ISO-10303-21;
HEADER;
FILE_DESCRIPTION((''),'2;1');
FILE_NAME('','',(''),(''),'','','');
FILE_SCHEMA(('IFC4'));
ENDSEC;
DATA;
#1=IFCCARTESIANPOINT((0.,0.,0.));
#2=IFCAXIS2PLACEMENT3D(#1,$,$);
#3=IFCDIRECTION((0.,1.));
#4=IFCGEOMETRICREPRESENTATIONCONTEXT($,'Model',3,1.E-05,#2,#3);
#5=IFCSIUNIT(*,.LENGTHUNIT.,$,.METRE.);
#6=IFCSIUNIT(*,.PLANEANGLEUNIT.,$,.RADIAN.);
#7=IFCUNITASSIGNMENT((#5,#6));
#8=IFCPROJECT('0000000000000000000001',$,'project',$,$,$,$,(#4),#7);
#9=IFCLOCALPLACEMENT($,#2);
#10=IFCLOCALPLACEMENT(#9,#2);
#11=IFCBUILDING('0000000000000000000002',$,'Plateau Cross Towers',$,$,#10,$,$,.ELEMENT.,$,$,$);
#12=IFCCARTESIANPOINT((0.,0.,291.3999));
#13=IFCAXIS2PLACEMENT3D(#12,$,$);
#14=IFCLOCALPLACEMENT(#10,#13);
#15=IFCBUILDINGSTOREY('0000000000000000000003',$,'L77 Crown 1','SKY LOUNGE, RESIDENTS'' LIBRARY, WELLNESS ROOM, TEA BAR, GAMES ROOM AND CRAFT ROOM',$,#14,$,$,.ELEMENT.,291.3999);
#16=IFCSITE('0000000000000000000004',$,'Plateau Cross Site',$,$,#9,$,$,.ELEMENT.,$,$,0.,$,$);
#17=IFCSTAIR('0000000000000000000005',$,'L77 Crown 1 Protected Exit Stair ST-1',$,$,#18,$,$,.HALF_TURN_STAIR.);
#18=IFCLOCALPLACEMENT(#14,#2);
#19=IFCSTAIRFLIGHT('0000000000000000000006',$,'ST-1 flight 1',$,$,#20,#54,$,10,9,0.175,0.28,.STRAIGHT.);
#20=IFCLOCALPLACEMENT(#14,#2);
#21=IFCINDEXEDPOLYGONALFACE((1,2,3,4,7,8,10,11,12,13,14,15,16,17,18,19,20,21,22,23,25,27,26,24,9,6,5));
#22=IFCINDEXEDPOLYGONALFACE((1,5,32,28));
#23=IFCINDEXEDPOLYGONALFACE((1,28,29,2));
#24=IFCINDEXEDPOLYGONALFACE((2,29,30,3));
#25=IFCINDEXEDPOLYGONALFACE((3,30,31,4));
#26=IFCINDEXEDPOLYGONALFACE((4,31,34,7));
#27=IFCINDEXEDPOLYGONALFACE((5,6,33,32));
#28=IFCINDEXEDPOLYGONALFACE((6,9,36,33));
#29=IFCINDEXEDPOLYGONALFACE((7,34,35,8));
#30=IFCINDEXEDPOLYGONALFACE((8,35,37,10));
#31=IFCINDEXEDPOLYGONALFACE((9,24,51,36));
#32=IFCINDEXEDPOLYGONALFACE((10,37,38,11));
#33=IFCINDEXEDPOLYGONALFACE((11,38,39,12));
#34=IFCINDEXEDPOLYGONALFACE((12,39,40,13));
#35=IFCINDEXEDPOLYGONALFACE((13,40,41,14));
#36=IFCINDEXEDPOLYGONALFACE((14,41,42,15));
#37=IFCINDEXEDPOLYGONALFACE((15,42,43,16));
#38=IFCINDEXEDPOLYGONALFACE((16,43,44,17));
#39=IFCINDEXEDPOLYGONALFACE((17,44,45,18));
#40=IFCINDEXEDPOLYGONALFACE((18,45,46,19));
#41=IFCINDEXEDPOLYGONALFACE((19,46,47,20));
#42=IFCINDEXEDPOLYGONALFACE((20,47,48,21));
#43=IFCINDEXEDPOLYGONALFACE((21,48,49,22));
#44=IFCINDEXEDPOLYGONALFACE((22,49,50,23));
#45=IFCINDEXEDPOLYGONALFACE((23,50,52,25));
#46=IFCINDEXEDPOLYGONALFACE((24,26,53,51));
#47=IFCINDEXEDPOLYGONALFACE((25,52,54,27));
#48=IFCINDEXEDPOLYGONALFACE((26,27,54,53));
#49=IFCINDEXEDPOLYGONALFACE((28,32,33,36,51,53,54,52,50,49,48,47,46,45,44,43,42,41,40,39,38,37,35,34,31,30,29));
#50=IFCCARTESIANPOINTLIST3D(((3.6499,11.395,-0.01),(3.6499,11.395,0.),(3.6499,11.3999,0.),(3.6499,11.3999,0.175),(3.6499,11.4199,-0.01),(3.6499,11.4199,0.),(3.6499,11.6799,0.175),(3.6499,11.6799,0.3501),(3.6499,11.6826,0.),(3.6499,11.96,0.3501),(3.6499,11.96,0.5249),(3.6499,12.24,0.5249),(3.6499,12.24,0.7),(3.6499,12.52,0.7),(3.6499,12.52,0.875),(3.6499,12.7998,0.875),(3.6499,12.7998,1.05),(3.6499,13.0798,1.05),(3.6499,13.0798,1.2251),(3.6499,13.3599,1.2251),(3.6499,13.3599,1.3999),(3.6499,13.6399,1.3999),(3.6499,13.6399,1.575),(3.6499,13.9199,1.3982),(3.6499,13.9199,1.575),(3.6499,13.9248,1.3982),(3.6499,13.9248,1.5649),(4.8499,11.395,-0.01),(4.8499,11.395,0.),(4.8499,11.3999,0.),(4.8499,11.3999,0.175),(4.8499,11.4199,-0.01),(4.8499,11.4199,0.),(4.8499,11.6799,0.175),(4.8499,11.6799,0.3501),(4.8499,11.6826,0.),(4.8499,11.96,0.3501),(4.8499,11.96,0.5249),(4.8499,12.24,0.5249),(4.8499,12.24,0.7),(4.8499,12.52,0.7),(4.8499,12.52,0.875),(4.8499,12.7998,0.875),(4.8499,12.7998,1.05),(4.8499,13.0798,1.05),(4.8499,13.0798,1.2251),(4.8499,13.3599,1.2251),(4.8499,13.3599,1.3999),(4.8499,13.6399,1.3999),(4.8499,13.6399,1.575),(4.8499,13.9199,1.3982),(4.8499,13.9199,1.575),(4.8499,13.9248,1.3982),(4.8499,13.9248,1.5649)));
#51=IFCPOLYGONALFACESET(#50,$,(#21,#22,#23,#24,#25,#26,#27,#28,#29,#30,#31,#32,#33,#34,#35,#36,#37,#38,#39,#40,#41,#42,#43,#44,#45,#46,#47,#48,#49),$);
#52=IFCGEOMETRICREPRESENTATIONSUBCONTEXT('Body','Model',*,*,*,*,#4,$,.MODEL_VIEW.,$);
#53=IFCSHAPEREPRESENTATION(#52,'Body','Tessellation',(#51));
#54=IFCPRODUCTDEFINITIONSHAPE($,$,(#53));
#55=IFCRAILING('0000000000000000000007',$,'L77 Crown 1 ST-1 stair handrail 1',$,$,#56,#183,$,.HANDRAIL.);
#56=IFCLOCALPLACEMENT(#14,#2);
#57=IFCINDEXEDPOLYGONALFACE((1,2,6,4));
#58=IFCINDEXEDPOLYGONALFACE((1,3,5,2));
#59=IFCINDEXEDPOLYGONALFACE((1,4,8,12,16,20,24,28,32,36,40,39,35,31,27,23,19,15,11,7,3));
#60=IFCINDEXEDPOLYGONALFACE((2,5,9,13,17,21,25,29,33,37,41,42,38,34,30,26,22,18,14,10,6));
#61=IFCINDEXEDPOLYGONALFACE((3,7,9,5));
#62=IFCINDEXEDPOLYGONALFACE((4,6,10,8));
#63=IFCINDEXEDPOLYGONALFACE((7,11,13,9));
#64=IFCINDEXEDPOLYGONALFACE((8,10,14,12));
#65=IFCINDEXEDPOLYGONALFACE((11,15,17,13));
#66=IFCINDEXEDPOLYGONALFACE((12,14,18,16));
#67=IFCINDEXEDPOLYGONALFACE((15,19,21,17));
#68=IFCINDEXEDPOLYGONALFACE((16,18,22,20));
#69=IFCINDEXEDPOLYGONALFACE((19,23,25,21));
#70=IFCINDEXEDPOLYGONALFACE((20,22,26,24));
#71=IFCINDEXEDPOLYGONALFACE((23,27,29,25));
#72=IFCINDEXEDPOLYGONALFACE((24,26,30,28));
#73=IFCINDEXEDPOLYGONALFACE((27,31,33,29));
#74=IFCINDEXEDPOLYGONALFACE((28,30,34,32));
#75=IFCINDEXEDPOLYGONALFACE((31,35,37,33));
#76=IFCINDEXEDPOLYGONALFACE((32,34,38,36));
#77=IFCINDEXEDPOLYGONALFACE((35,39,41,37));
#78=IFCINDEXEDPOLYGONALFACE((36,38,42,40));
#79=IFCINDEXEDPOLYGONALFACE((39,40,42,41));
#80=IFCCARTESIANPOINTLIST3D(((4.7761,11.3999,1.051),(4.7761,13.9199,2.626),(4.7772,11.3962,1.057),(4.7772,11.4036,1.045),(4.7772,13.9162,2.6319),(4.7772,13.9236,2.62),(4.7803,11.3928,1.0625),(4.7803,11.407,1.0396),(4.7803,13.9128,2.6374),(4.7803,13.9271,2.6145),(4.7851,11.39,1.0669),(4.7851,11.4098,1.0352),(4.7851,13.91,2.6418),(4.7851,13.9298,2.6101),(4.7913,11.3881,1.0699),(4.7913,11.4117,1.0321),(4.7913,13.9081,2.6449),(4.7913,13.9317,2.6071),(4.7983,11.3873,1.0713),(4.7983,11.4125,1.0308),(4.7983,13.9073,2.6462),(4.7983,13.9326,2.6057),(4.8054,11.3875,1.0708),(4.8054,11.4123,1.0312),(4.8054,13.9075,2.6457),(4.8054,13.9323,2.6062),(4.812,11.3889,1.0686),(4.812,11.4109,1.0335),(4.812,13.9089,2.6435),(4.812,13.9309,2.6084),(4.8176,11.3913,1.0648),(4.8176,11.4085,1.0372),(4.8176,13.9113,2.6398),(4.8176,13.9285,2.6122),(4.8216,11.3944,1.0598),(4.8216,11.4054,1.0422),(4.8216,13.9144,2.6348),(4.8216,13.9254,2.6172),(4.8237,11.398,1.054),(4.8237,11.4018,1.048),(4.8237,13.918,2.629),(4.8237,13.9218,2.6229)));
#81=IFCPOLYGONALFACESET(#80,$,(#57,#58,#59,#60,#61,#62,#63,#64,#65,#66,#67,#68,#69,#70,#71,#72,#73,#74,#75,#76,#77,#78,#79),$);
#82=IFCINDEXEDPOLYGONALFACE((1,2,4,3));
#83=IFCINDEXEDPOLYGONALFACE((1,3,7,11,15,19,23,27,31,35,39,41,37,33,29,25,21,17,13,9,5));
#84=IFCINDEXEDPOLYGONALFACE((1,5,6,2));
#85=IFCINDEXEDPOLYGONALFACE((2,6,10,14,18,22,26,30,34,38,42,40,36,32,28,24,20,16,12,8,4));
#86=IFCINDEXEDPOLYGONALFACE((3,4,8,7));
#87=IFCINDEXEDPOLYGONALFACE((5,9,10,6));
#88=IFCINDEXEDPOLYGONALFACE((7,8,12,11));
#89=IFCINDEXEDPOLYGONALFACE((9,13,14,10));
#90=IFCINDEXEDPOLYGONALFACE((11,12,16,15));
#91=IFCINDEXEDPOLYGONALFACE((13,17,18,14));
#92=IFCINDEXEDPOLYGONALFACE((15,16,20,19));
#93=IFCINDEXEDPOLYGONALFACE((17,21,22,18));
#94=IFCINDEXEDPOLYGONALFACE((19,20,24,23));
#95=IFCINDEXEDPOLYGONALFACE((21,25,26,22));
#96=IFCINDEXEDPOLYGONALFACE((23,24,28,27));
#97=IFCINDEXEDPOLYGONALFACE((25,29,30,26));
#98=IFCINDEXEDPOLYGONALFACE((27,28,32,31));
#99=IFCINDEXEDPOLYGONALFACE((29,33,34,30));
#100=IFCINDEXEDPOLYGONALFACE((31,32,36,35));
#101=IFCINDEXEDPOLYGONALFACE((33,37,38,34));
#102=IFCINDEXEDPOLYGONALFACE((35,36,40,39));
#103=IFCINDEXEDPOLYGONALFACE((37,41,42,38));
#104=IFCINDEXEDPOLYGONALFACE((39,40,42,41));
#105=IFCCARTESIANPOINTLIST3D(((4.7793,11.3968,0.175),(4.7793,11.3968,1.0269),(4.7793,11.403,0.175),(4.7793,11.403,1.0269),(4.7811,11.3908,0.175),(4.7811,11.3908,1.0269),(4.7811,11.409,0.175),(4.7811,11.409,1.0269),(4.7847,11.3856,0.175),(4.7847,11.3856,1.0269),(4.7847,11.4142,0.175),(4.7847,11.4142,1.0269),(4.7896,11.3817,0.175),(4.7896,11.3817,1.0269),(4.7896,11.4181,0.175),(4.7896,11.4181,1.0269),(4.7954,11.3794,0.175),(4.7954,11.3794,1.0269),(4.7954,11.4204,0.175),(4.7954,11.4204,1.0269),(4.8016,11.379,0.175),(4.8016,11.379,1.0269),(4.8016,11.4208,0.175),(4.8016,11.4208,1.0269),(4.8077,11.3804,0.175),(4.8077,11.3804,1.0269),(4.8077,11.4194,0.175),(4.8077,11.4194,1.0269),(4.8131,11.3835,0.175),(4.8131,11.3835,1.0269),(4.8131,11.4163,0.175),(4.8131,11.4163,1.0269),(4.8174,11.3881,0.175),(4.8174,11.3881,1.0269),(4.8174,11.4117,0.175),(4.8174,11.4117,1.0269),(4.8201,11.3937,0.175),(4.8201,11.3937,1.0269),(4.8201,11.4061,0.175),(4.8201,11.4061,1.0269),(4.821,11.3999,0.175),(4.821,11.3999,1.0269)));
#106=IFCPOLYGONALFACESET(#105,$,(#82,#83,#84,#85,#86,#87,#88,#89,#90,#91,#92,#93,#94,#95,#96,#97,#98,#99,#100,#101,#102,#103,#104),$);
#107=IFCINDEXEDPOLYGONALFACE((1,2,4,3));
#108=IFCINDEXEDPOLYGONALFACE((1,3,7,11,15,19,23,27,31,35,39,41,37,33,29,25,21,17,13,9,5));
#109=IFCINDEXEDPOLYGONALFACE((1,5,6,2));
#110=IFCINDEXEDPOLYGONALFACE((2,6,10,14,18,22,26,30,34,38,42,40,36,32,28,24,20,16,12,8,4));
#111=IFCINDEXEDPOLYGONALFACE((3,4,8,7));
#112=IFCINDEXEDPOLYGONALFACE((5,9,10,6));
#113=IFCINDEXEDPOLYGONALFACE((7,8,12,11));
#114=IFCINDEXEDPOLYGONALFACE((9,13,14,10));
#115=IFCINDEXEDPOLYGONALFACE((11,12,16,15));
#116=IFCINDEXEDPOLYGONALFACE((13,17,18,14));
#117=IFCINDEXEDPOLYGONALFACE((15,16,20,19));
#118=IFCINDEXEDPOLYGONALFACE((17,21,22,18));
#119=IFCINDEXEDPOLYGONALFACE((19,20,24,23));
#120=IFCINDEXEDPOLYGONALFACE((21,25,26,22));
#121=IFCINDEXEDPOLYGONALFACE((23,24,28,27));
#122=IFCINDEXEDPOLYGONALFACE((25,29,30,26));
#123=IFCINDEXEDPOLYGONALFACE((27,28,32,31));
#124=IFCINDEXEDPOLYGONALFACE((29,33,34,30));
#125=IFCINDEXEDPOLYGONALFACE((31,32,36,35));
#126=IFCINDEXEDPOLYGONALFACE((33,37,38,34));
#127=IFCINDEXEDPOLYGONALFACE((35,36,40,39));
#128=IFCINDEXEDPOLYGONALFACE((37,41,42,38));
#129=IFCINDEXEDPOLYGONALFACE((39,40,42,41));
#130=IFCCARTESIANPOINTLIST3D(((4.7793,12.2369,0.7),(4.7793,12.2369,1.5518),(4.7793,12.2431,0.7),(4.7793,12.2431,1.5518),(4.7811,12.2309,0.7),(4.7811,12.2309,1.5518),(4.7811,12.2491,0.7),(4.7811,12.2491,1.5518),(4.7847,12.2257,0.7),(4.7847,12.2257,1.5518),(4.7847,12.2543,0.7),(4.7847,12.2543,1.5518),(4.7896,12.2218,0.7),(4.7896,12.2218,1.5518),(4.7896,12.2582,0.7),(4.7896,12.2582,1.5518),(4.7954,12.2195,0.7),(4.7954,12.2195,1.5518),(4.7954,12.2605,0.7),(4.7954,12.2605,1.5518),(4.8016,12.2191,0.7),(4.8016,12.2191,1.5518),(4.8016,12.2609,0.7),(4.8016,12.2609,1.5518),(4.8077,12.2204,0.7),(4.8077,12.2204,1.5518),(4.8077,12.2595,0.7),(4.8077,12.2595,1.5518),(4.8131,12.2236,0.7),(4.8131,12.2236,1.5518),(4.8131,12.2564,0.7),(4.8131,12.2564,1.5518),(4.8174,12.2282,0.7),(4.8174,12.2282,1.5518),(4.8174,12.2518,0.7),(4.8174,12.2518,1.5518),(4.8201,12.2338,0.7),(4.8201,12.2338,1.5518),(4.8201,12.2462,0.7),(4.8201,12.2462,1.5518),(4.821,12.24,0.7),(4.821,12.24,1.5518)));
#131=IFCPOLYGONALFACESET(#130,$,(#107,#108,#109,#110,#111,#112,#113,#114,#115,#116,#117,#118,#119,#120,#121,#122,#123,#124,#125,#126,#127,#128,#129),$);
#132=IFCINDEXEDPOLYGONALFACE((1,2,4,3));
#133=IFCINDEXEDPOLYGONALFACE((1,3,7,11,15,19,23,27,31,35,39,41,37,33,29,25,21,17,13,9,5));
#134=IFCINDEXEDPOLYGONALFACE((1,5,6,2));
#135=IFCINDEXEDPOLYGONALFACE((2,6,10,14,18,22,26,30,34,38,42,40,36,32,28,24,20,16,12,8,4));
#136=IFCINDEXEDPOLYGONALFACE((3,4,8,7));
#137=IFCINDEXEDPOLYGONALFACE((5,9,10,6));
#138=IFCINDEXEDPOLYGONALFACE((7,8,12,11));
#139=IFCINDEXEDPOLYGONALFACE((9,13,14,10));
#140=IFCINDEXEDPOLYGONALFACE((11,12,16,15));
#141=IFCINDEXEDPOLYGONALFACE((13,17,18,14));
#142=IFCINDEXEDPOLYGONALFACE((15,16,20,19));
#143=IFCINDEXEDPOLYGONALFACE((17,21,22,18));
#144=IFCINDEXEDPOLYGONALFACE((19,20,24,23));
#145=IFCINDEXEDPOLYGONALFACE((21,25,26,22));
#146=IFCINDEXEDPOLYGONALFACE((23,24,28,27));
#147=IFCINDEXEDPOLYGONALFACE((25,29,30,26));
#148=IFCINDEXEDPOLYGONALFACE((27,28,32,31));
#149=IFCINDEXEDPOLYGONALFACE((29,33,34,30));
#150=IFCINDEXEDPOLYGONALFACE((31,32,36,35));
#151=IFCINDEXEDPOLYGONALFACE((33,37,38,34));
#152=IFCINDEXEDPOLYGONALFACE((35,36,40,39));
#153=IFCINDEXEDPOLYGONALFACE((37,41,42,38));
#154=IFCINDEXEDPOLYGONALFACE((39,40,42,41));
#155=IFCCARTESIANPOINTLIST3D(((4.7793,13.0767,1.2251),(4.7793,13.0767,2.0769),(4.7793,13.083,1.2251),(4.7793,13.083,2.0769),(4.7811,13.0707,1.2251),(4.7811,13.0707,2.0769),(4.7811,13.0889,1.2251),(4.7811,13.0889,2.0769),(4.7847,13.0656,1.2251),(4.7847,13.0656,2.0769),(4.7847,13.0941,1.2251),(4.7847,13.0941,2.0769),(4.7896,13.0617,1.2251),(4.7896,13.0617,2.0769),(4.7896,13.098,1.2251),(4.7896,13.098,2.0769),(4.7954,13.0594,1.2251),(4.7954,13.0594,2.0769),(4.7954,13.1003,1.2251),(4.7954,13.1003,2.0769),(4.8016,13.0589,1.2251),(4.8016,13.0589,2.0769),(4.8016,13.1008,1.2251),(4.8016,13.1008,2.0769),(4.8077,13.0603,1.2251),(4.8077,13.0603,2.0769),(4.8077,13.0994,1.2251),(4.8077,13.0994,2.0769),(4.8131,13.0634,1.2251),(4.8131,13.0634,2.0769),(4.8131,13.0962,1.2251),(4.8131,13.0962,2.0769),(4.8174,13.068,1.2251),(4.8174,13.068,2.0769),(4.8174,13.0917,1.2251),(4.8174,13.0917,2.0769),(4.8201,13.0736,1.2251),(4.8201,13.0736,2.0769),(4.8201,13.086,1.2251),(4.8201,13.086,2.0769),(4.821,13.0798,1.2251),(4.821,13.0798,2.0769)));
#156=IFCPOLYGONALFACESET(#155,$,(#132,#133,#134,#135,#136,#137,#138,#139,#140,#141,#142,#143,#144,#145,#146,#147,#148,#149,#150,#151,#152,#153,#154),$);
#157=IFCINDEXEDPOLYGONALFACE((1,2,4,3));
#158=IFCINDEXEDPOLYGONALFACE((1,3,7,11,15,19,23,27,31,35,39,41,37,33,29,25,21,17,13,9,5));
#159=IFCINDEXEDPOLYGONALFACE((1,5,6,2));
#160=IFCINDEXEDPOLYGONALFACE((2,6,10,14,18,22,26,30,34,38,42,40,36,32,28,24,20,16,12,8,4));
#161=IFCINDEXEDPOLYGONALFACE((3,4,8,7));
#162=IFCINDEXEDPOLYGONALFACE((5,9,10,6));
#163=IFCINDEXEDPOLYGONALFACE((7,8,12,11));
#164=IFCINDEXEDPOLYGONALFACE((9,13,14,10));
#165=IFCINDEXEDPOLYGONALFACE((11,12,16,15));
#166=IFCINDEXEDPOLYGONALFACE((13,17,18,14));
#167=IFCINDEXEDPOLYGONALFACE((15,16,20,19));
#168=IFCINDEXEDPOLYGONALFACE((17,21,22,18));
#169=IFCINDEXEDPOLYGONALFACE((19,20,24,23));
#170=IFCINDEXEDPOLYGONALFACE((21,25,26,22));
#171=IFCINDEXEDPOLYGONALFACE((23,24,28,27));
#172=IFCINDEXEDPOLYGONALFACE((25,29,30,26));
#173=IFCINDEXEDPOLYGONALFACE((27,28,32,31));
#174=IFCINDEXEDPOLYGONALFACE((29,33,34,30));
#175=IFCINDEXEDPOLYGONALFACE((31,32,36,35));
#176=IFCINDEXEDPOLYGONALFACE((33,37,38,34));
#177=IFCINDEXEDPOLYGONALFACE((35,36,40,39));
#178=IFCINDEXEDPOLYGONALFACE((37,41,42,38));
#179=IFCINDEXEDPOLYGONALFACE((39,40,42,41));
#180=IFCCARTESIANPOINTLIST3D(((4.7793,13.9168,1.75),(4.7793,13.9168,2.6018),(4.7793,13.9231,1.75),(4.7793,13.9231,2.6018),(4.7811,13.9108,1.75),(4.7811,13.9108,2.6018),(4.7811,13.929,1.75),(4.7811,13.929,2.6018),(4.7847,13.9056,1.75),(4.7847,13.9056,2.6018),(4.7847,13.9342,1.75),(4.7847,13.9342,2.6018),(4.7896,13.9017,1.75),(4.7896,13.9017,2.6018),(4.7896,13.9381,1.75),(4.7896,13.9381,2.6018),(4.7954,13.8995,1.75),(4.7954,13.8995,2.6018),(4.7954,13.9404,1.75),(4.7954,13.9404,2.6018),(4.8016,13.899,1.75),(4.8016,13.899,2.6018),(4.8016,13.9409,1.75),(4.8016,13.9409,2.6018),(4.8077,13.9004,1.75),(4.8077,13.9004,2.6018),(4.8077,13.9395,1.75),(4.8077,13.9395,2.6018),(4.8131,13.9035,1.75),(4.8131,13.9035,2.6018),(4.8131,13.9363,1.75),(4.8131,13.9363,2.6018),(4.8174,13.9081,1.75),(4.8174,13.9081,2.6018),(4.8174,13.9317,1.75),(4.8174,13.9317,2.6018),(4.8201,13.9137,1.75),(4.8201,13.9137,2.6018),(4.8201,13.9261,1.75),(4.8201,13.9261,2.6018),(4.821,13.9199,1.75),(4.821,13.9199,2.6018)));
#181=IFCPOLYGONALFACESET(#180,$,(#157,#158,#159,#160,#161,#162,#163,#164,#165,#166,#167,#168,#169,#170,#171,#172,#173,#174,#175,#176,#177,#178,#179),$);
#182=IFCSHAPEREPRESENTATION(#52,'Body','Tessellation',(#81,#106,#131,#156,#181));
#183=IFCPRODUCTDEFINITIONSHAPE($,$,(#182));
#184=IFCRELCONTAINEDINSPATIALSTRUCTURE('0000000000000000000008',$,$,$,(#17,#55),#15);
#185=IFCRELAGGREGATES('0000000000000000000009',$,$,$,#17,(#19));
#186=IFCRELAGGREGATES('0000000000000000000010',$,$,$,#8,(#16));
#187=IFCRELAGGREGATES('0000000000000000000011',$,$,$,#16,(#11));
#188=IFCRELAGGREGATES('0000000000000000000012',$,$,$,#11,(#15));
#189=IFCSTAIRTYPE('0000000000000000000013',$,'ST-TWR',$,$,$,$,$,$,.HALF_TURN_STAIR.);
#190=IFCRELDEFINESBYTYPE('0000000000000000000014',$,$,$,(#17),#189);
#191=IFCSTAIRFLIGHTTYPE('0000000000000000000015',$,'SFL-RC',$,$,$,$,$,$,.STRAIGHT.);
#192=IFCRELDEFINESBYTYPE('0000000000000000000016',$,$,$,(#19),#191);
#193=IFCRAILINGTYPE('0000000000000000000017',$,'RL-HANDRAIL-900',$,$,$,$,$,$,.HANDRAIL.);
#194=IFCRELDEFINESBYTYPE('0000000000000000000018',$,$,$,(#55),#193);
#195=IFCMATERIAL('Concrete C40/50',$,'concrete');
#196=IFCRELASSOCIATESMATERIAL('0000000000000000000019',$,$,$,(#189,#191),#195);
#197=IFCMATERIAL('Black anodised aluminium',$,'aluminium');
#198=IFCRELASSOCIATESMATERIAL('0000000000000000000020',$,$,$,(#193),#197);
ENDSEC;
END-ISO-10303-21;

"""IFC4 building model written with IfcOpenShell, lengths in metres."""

from ifc_helpers import new_model, si_unit, direction, frame, origin, origin_2d, place, context, subcontext, project, spatial, polyline, circle, outline, extrude, material, type_object, element, aggregate, save


model = new_model("IFC4")

# Units and contexts
model_context = context("Model", 3, precision=1e-05, world=origin(), true_north=direction((0.0, 1.0)))
body_context = subcontext(model_context, "Body", "Model", "MODEL_VIEW")
ifc_project = project(units=[si_unit("LENGTHUNIT", "METRE"), si_unit("PLANEANGLEUNIT", "RADIAN")], contexts=[model_context])

# Site, building, storey
site_placement = place(None, origin())
site = spatial("IfcSite", under=ifc_project, at=site_placement, Name="Plateau Cross Site", CompositionType="ELEMENT", RefElevation=0.0)
building_placement = place(site_placement, origin())
building = spatial("IfcBuilding", under=site, at=building_placement, Name="Plateau Cross Towers", CompositionType="ELEMENT")
storey_placement = place(building_placement, frame((0.0, 0.0, 291.3999)))
storey = spatial("IfcBuildingStorey", under=building, at=storey_placement, Name="L77 Crown 1", Description="SKY LOUNGE, RESIDENTS' LIBRARY, WELLNESS ROOM, TEA BAR, GAMES ROOM AND CRAFT ROOM", CompositionType="ELEMENT", Elevation=291.3999)

# Shared definitions
ifc_material_1 = material(Name="Black anodised aluminium", Category="aluminium")

# Stair, stair flight
ifc_material_2 = material(Name="Concrete C40/50", Category="concrete")
stair_type = type_object("IfcStairType", Name="ST-TWR", PredefinedType="HALF_TURN_STAIR", material=ifc_material_2)
stair_placement = place(storey_placement, origin())
stair = element("IfcStair", 1, at=stair_placement, inside=storey, type_object=stair_type, Name="L77 Crown 1 Protected Exit Stair ST-1", PredefinedType="HALF_TURN_STAIR")
stair_flight_type = type_object("IfcStairFlightType", Name="SFL-RC", PredefinedType="STRAIGHT", material=ifc_material_2)
stair_flight_placement = place(storey_placement, frame((4.25, 11.3999, 0.0), z_axis=(0.0, 0.0, 1.0), x_axis=(0.0, 1.0, 0.0)))
stair_flight = element("IfcStairFlight", 2, at=stair_flight_placement, type_object=stair_flight_type, Name="ST-1 flight 1", NumberOfRisers=10, NumberOfTreads=9, PredefinedType="STRAIGHT", RiserHeight=0.175, TreadLength=0.28, context=body_context, shape_type="SweptSolid", body=[
    extrude(outline(polyline([(-0.0049, -0.01), (-0.0049, 0.0), (0.0, 0.0), (0.0, 0.175), (0.28, 0.175), (0.28, 0.3501), (0.5601, 0.3501), (0.5601, 0.5249), (0.8401, 0.5249), (0.8401, 0.7), (1.1201, 0.7), (1.1201, 0.875), (1.3999, 0.875), (1.3999, 1.05), (1.6799, 1.05), (1.6799, 1.2251), (1.96, 1.2251), (1.96, 1.3999), (2.24, 1.3999), (2.24, 1.575), (2.52, 1.575), (2.5249, 1.5649), (2.5249, 1.3982), (2.52, 1.3982), (0.2827, 0.0), (0.02, 0.0), (0.02, -0.01), (-0.0049, -0.01)])), frame((0.0, 0.6001, 0.0), z_axis=(0.0, -1.0, 0.0), x_axis=(1.0, 0.0, 0.0)), (0.0, 0.0, 1.0), 1.2),
])
aggregate(stair, [stair_flight])

# Railing
railing_type = type_object("IfcRailingType", Name="RL-HANDRAIL-900", PredefinedType="HANDRAIL", material=ifc_material_1)
railing_placement = place(storey_placement, frame((4.8, 11.3999, 0.175)))
element("IfcRailing", 3, at=railing_placement, inside=storey, type_object=railing_type, Name="L77 Crown 1 ST-1 stair handrail 1", PredefinedType="HANDRAIL", context=body_context, shape_type="SweptSolid", body=[
    extrude(circle(Radius=0.0239, at=origin_2d()), frame((0.0, 0.0, 0.876), z_axis=(0.0, 0.848008, 0.529984), x_axis=(-1.0, 0.0, 0.0)), (0.0, 0.0, 1.0), 2.9717),
    extrude(circle(Radius=0.021, at=origin_2d()), origin(), (0.0, 0.0, 1.0), 0.8518),
    extrude(circle(Radius=0.021, at=origin_2d()), frame((0.0, 0.8401, 0.5249)), (0.0, 0.0, 1.0), 0.8518),
    extrude(circle(Radius=0.021, at=origin_2d()), frame((0.0, 1.6799, 1.05)), (0.0, 0.0, 1.0), 0.8518),
    extrude(circle(Radius=0.021, at=origin_2d()), frame((0.0, 2.52, 1.575)), (0.0, 0.0, 1.0), 0.8518),
])

save(model, "model.ifc")
